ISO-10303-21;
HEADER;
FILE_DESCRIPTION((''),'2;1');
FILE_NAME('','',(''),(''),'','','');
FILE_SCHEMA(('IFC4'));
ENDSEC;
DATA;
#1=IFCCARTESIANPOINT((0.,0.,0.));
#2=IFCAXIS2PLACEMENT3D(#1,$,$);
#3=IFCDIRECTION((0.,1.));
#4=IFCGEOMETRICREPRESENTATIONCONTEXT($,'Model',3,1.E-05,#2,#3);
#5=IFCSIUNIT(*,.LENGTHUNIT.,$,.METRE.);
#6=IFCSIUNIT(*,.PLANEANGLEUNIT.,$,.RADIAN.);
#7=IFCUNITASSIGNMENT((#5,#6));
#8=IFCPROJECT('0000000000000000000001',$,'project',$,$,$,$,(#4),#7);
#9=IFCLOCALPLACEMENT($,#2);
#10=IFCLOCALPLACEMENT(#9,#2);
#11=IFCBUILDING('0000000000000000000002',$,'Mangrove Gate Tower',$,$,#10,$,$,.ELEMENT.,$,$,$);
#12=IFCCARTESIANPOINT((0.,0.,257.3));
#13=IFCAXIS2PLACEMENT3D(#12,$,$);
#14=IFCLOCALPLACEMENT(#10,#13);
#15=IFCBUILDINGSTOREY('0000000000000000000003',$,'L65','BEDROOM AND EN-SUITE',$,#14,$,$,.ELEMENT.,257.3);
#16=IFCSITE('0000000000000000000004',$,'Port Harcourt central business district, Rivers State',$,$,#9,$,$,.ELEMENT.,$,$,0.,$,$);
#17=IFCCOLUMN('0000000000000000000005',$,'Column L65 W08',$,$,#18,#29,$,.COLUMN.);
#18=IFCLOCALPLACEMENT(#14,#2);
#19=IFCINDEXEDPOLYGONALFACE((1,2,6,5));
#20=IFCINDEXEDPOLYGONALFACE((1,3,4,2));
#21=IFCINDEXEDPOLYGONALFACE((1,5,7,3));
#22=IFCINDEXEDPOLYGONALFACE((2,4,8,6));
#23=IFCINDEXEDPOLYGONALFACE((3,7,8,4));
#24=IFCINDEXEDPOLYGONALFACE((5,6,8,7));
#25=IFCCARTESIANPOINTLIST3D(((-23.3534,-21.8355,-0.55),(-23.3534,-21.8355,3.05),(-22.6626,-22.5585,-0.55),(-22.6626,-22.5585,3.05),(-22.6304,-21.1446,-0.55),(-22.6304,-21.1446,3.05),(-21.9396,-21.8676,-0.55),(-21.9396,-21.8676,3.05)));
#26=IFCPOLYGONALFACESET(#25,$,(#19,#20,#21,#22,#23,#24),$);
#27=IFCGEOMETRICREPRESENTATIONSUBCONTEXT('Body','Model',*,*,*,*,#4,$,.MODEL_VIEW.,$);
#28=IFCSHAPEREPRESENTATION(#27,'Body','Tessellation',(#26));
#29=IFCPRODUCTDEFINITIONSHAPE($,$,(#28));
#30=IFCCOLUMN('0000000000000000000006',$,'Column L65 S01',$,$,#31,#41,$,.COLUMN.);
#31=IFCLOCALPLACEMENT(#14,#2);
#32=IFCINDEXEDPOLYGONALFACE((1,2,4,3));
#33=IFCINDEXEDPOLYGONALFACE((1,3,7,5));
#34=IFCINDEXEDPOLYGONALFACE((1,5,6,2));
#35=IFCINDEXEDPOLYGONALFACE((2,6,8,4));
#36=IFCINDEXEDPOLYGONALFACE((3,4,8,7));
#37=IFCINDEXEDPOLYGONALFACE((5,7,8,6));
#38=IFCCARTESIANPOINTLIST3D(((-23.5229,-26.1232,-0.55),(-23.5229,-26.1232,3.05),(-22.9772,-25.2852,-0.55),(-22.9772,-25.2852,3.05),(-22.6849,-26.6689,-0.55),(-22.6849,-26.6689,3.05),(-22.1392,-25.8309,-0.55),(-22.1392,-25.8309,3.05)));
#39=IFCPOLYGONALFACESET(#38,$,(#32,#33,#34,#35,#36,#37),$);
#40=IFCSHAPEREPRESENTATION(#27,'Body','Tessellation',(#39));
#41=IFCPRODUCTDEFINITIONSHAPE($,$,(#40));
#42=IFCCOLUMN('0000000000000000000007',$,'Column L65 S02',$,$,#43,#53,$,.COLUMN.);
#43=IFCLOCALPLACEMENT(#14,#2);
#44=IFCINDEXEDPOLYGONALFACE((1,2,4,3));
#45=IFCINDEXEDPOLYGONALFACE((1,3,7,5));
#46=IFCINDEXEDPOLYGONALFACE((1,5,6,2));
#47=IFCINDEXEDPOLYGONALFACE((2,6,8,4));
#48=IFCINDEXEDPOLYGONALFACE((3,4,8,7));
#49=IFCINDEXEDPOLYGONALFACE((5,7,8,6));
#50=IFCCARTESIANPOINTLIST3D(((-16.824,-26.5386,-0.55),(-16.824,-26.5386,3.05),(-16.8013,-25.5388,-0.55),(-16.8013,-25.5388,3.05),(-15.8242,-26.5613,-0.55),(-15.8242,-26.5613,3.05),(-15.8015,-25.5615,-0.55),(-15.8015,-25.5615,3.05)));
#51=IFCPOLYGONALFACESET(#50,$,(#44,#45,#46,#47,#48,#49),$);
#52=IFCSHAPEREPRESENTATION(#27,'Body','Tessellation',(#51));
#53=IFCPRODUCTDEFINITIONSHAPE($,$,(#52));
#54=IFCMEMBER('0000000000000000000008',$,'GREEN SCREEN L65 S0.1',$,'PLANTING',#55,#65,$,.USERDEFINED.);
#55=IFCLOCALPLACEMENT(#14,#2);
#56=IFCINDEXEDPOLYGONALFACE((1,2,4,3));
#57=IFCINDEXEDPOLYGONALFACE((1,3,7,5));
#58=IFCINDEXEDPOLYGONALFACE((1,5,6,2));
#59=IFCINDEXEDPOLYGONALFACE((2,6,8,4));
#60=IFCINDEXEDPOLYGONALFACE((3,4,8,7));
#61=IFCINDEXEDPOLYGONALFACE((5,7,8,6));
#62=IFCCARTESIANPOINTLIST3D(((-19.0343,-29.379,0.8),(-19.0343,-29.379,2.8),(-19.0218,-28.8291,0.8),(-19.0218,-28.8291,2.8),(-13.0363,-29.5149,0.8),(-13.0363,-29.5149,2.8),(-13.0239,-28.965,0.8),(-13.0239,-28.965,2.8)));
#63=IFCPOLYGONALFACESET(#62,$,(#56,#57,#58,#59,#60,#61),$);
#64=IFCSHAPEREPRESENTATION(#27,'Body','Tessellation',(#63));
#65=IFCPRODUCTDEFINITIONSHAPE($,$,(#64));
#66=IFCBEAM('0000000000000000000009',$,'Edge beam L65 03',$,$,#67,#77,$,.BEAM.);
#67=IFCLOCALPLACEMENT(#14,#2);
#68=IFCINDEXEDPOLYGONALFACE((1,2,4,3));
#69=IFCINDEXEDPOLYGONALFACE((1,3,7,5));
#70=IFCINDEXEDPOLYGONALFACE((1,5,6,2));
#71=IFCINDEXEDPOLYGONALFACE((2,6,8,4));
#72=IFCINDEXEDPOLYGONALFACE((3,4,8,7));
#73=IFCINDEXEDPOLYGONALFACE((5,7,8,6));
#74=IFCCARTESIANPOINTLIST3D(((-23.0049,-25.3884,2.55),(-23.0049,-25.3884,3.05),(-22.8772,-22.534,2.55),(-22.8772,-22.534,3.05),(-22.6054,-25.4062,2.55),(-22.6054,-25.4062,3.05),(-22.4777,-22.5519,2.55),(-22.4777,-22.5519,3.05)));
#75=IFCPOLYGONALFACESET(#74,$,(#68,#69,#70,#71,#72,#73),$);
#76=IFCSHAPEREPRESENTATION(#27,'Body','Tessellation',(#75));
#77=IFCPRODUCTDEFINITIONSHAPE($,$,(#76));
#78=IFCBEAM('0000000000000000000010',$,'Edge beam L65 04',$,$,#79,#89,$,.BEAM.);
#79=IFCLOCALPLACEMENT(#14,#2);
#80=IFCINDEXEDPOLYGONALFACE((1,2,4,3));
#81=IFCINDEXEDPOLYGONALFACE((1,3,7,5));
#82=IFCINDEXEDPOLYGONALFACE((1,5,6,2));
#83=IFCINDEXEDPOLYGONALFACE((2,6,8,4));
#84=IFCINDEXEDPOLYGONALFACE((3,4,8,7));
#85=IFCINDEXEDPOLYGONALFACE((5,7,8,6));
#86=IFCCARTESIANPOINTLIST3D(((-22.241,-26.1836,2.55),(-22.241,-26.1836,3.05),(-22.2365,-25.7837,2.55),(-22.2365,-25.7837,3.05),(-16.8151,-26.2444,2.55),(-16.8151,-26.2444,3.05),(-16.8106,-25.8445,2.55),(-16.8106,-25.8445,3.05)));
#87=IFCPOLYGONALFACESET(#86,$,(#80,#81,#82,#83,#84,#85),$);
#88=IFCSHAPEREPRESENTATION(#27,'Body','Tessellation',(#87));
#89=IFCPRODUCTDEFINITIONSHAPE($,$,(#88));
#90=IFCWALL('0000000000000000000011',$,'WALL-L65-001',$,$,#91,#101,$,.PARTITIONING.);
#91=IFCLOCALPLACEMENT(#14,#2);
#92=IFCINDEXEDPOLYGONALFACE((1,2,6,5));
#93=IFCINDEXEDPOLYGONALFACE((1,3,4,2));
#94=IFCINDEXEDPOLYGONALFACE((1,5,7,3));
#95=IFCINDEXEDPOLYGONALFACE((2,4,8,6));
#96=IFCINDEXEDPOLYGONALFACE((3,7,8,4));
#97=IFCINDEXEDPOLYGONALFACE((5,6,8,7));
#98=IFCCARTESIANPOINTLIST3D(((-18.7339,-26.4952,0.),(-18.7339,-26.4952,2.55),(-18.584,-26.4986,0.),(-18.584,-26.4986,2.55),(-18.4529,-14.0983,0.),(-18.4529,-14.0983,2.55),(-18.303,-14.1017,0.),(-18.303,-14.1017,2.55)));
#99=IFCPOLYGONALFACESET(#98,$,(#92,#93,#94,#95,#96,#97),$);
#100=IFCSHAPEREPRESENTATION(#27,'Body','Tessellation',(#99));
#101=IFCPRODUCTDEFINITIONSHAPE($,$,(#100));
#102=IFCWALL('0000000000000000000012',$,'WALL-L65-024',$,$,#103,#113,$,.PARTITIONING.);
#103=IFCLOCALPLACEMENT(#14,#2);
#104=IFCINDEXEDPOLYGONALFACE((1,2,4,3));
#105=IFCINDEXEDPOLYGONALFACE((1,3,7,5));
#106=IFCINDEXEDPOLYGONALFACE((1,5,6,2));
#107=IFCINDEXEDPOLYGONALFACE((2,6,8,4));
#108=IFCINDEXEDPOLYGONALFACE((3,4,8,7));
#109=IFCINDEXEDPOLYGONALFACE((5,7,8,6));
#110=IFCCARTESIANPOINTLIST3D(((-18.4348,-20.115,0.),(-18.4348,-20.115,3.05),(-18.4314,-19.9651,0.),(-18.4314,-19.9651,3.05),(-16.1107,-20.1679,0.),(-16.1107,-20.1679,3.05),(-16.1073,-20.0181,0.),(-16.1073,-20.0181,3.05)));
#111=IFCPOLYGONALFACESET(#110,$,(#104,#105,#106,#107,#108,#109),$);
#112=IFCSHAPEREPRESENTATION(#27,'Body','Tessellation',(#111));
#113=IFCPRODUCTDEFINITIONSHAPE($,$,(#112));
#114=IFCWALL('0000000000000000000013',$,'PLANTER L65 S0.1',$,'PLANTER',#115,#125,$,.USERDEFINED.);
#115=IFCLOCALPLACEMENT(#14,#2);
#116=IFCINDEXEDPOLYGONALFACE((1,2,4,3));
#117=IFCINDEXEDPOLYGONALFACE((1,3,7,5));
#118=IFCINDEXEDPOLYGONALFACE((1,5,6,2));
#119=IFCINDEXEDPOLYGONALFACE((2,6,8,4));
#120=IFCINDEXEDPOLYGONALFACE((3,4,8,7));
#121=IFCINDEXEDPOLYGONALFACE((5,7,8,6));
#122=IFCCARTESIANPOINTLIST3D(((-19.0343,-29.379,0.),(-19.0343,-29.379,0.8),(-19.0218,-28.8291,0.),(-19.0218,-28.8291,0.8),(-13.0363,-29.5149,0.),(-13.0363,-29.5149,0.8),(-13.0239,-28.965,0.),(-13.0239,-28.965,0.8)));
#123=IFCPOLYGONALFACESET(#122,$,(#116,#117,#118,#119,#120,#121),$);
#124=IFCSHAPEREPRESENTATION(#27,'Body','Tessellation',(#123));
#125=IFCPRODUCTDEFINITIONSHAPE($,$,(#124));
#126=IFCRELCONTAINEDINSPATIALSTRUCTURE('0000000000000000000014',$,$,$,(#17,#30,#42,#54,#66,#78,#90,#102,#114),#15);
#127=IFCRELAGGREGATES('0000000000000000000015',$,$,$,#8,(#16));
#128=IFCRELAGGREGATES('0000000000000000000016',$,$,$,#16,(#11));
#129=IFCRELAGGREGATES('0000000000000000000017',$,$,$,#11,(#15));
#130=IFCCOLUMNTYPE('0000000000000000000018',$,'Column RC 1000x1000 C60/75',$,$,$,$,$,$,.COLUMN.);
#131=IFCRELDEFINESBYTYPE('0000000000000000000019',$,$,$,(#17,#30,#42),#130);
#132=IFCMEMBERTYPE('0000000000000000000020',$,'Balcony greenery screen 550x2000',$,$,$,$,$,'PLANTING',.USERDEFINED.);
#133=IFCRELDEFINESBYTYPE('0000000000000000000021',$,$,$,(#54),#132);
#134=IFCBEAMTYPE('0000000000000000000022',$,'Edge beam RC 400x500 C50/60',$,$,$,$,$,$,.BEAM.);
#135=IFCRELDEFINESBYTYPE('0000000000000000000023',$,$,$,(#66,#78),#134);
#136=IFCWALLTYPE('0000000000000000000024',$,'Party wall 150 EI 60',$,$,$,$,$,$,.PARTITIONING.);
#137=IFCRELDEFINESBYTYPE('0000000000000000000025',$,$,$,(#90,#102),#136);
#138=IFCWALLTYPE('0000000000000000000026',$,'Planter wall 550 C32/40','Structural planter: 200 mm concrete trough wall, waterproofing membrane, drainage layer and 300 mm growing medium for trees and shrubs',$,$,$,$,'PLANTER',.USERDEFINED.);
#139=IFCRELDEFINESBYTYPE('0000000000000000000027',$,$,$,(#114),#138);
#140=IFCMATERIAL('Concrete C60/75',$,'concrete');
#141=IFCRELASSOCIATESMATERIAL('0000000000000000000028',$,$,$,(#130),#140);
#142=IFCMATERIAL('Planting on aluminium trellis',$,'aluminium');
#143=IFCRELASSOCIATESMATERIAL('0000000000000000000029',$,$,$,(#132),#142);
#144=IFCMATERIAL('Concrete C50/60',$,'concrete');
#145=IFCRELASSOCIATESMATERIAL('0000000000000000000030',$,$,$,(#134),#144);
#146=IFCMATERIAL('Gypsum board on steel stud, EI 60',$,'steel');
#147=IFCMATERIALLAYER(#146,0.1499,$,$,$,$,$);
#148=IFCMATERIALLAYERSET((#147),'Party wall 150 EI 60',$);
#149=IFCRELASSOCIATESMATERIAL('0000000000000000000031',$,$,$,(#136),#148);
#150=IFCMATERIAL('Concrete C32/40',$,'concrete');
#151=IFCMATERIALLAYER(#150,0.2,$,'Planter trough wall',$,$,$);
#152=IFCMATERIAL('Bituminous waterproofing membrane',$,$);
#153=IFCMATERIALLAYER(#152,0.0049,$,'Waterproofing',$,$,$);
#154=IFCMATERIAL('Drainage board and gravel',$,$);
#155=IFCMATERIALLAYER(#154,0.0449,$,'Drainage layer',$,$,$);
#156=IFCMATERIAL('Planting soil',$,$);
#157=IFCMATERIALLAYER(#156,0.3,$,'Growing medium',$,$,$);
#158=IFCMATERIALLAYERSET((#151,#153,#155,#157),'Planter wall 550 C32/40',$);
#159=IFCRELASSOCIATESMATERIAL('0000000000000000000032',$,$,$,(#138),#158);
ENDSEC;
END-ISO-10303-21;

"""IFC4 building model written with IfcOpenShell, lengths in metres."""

from ifc_helpers import new_model, si_unit, direction, frame, frame_2d, origin, origin_2d, place, context, subcontext, project, spatial, rectangle, extrude, material, layer, layer_set, material_profile, profile_set, type_object, element, save


model = new_model("IFC4")

# Units and contexts
model_context = context("Model", 3, precision=1e-05, world=origin(), true_north=direction((0.0, 1.0)))
body_context = subcontext(model_context, "Body", "Model", "MODEL_VIEW")
ifc_project = project(units=[si_unit("LENGTHUNIT", "METRE"), si_unit("PLANEANGLEUNIT", "RADIAN")], contexts=[model_context])

# Site, building, storey
site_placement = place(None, origin())
site = spatial("IfcSite", under=ifc_project, at=site_placement, Name="Port Harcourt central business district, Rivers State", CompositionType="ELEMENT", RefElevation=0.0)
building_placement = place(site_placement, origin())
building = spatial("IfcBuilding", under=site, at=building_placement, Name="Mangrove Gate Tower", CompositionType="ELEMENT")
storey_placement = place(building_placement, frame((0.0, 0.0, 257.3)))
storey = spatial("IfcBuildingStorey", under=building, at=storey_placement, Name="L65", Description="BEDROOM AND EN-SUITE", CompositionType="ELEMENT", Elevation=257.3)

# Columns
ifc_material_1 = material(Name="Concrete C60/75", Category="concrete")
ifc_material_profile_1 = material_profile(ifc_material_1, rectangle(XDim=1.0, YDim=1.0, at=origin_2d()))
ifc_profile_set_1 = profile_set([ifc_material_profile_1], Name="Concrete C60/75")
column_type = type_object("IfcColumnType", Name="Column RC 1000x1000 C60/75", PredefinedType="COLUMN", material=ifc_profile_set_1)
for number, where, z_axis, x_axis, name in (
    (1, (-22.6465, -21.8516, -0.55), (0.0, 0.0, 1.0), (0.690844, -0.723004, 0.0), "Column L65 W08"),
    (2, (-22.8311, -25.9771, -0.55), (0.0, 0.0, 1.0), (0.837962, -0.545728, 0.0), "Column L65 S01"),
    (3, (-16.3127, -26.05, -0.55), (0.0, 0.0, 1.0), (0.999742, -0.022708, 0.0), "Column L65 S02"),
):
    element("IfcColumn", number, at=place(storey_placement, frame(where, z_axis=z_axis, x_axis=x_axis)), inside=storey, type_object=column_type, Name=name, PredefinedType="COLUMN", context=body_context, shape_type="SweptSolid", body=[
        extrude(rectangle(XDim=1.0, YDim=1.0, at=origin_2d()), origin(), (0.0, 0.0, 1.0), 3.6001),
    ])

# Member
ifc_material_2 = material(Name="Planting on aluminium trellis", Category="aluminium")
ifc_material_profile_2 = material_profile(ifc_material_2, rectangle(XDim=0.55, YDim=2.0, at=origin_2d()))
ifc_profile_set_2 = profile_set([ifc_material_profile_2], Name="Planting on aluminium trellis")
member_type = type_object("IfcMemberType", Name="Balcony greenery screen 550x2000", ElementType="PLANTING", PredefinedType="USERDEFINED", material=ifc_profile_set_2)
member_placement = place(storey_placement, frame((-19.0281, -29.104, 1.8), z_axis=(0.999743, -0.022666, 0.0), x_axis=(0.022666, 0.999743, 0.0)))
element("IfcMember", 4, at=member_placement, inside=storey, type_object=member_type, Name="GREEN SCREEN L65 S0.1", ObjectType="PLANTING", PredefinedType="USERDEFINED", context=body_context, shape_type="SweptSolid", body=[
    extrude(rectangle(XDim=0.55, YDim=2.0, at=origin_2d()), origin(), (0.0, 0.0, 1.0), 5.9995),
])

# Beams
ifc_material_3 = material(Name="Concrete C50/60", Category="concrete")
ifc_material_profile_3 = material_profile(ifc_material_3, rectangle(XDim=0.3999, YDim=0.5, at=origin_2d()))
ifc_profile_set_3 = profile_set([ifc_material_profile_3], Name="Concrete C50/60")
beam_type = type_object("IfcBeamType", Name="Edge beam RC 400x500 C50/60", PredefinedType="BEAM", material=ifc_profile_set_3)
beam_1_placement = place(storey_placement, frame((-22.6775, -22.543, 2.8), z_axis=(-0.044691, -0.999001, 0.0), x_axis=(0.999001, -0.044691, 0.0)))
element("IfcBeam", 5, at=beam_1_placement, inside=storey, type_object=beam_type, Name="Edge beam L65 03", PredefinedType="BEAM", context=body_context, shape_type="SweptSolid", body=[
    extrude(rectangle(XDim=0.3999, YDim=0.5, at=origin_2d()), origin(), (0.0, 0.0, 1.0), 2.8572),
])
beam_2_placement = place(storey_placement, frame((-22.2388, -25.9836, 2.8), z_axis=(0.999937, -0.011203, 0.0), x_axis=(0.011203, 0.999937, 0.0)))
element("IfcBeam", 6, at=beam_2_placement, inside=storey, type_object=beam_type, Name="Edge beam L65 04", PredefinedType="BEAM", context=body_context, shape_type="SweptSolid", body=[
    extrude(rectangle(XDim=0.3999, YDim=0.5, at=origin_2d()), origin(), (0.0, 0.0, 1.0), 5.4263),
])

# Walls
ifc_material_4 = material(Name="Gypsum board on steel stud, EI 60", Category="steel")
ifc_layer_1 = layer(ifc_material_4, 0.1499)
ifc_layer_set_1 = layer_set([ifc_layer_1], Name="Party wall 150 EI 60")
wall_type_1 = type_object("IfcWallType", Name="Party wall 150 EI 60", PredefinedType="PARTITIONING", material=ifc_layer_set_1)
wall_1_placement = place(storey_placement, frame((-18.6589, -26.4971, 0.0), z_axis=(0.0, 0.0, 1.0), x_axis=(0.022661, 0.999743, 0.0)))
element("IfcWall", 7, at=wall_1_placement, inside=storey, type_object=wall_type_1, Name="WALL-L65-001", PredefinedType="PARTITIONING", context=body_context, shape_type="SweptSolid", body=[
    extrude(rectangle(XDim=12.4001, YDim=0.1499, at=frame_2d((6.2002, 0.0))), origin(), (0.0, 0.0, 1.0), 2.55),
])
wall_2_placement = place(storey_placement, frame((-18.4331, -20.04, 0.0), z_axis=(0.0, 0.0, 1.0), x_axis=(0.99974, -0.022788, 0.0)))
element("IfcWall", 8, at=wall_2_placement, inside=storey, type_object=wall_type_1, Name="WALL-L65-024", PredefinedType="PARTITIONING", context=body_context, shape_type="SweptSolid", body=[
    extrude(rectangle(XDim=2.3247, YDim=0.1499, at=frame_2d((1.1624, 0.0))), origin(), (0.0, 0.0, 1.0), 3.05),
])
ifc_material_5 = material(Name="Concrete C32/40", Category="concrete")
ifc_layer_2 = layer(ifc_material_5, 0.2, Name="Planter trough wall")
ifc_material_6 = material(Name="Bituminous waterproofing membrane")
ifc_layer_3 = layer(ifc_material_6, 0.0049, Name="Waterproofing")
ifc_material_7 = material(Name="Drainage board and gravel")
ifc_layer_4 = layer(ifc_material_7, 0.0449, Name="Drainage layer")
ifc_material_8 = material(Name="Planting soil")
ifc_layer_5 = layer(ifc_material_8, 0.3, Name="Growing medium")
ifc_layer_set_2 = layer_set([ifc_layer_2, ifc_layer_3, ifc_layer_4, ifc_layer_5], Name="Planter wall 550 C32/40")
wall_type_2 = type_object("IfcWallType", Name="Planter wall 550 C32/40", Description="Structural planter: 200 mm concrete trough wall, waterproofing membrane, drainage layer and 300 mm growing medium for trees and shrubs", ElementType="PLANTER", PredefinedType="USERDEFINED", material=ifc_layer_set_2)
wall_3_placement = place(storey_placement, frame((-19.0281, -29.104, 0.0), z_axis=(0.0, 0.0, 1.0), x_axis=(0.999743, -0.022666, 0.0)))
element("IfcWall", 9, at=wall_3_placement, inside=storey, type_object=wall_type_2, Name="PLANTER L65 S0.1", ObjectType="PLANTER", PredefinedType="USERDEFINED", context=body_context, shape_type="SweptSolid", body=[
    extrude(rectangle(XDim=5.9995, YDim=0.55, at=frame_2d((2.9998, 0.0))), origin(), (0.0, 0.0, 1.0), 0.8),
])

save(model, "model.ifc")
